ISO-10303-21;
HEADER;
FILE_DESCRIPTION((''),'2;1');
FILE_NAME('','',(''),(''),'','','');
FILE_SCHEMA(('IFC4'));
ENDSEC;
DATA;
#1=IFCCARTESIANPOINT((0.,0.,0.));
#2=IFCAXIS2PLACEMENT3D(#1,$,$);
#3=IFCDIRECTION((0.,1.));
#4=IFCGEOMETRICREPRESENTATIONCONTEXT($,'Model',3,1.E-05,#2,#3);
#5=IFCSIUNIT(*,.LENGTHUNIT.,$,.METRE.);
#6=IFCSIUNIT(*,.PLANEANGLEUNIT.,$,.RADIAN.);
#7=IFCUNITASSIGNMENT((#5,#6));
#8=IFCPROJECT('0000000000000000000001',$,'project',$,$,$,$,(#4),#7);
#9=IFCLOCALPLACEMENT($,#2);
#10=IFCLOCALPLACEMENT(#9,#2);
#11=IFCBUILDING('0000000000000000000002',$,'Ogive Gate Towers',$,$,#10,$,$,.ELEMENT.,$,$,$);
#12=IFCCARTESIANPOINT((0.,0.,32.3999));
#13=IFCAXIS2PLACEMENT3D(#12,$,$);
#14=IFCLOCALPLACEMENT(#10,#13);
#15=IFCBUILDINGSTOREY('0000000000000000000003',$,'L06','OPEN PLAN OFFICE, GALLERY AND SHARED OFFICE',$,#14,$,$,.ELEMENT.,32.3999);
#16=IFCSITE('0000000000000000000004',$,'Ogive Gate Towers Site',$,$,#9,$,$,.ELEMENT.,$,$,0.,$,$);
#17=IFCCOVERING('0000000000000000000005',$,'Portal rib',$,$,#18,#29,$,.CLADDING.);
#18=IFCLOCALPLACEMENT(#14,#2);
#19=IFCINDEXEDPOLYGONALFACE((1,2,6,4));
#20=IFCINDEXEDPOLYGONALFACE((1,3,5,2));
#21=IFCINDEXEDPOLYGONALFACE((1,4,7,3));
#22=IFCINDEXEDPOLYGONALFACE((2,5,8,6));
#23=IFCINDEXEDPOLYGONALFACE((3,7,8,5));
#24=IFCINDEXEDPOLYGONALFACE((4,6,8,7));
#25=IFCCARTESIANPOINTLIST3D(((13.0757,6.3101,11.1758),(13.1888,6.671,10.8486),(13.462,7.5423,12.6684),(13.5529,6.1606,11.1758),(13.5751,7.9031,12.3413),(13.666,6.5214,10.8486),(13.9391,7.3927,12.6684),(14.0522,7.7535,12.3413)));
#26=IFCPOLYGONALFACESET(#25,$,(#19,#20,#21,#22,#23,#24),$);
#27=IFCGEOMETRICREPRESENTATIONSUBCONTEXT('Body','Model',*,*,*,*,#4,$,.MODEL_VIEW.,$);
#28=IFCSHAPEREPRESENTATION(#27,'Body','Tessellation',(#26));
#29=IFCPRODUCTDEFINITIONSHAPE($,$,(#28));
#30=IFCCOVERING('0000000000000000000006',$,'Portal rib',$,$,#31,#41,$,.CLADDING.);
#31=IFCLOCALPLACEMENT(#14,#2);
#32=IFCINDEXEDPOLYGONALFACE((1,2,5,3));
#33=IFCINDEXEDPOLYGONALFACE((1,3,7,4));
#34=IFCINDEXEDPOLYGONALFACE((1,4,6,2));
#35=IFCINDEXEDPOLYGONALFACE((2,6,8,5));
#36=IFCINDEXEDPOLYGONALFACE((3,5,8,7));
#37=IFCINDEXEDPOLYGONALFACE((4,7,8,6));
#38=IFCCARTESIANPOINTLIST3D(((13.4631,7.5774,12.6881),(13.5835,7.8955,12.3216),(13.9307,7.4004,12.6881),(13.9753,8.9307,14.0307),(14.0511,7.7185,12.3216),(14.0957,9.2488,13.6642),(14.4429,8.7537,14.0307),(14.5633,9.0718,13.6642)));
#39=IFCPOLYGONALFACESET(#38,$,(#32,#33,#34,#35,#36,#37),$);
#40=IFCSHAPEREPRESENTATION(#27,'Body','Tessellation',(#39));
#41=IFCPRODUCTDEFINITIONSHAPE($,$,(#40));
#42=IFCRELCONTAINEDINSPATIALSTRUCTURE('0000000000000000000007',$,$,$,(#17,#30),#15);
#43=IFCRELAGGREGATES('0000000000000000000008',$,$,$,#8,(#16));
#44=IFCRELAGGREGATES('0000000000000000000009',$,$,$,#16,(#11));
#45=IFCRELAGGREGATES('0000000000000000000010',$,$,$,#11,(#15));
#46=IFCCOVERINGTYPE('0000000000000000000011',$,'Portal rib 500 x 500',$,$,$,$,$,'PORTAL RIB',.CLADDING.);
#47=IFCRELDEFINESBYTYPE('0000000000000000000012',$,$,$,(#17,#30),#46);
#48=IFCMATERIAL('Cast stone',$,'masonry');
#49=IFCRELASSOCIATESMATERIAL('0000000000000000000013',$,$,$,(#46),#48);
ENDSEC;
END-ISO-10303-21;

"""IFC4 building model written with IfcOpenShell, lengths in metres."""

from ifc_helpers import new_model, si_unit, direction, frame, origin, origin_2d, place, context, subcontext, project, spatial, rectangle, extrude, material, material_profile, profile_set, type_object, element, save


model = new_model("IFC4")

# Units and contexts
model_context = context("Model", 3, precision=1e-05, world=origin(), true_north=direction((0.0, 1.0)))
body_context = subcontext(model_context, "Body", "Model", "MODEL_VIEW")
ifc_project = project(units=[si_unit("LENGTHUNIT", "METRE"), si_unit("PLANEANGLEUNIT", "RADIAN")], contexts=[model_context])

# Site, building, storey
site_placement = place(None, origin())
site = spatial("IfcSite", under=ifc_project, at=site_placement, Name="Ogive Gate Towers Site", CompositionType="ELEMENT", RefElevation=0.0)
building_placement = place(site_placement, origin())
building = spatial("IfcBuilding", under=site, at=building_placement, Name="Ogive Gate Towers", CompositionType="ELEMENT")
storey_placement = place(building_placement, frame((0.0, 0.0, 32.3999)))
storey = spatial("IfcBuildingStorey", under=building, at=storey_placement, Name="L06", Description="OPEN PLAN OFFICE, GALLERY AND SHARED OFFICE", CompositionType="ELEMENT", Elevation=32.3999)

# Coverings
ifc_material_1 = material(Name="Cast stone", Category="masonry")
ifc_material_profile_1 = material_profile(ifc_material_1, rectangle(XDim=0.5, YDim=0.5, at=origin_2d()), Name="500 x 500 cast stone")
ifc_profile_set_1 = profile_set([ifc_material_profile_1], Name="Cast stone")
covering_type = type_object("IfcCoveringType", Name="Portal rib 500 x 500", ElementType="PORTAL RIB", PredefinedType="CLADDING", material=ifc_profile_set_1)
covering_1_placement = place(storey_placement, frame((13.3708, 6.4158, 11.0122), z_axis=(0.195688, 0.624296, 0.756281), x_axis=(-0.954221, 0.299104, 0.0)))
element("IfcCovering", 1, at=covering_1_placement, inside=storey, type_object=covering_type, Name="Portal rib", PredefinedType="CLADDING", context=body_context, shape_type="SweptSolid", body=[
    extrude(rectangle(XDim=0.5, YDim=0.5, at=origin_2d()), origin(), (0.0, 0.0, 1.0), 1.9736),
])
covering_2_placement = place(storey_placement, frame((13.7571, 7.6479, 12.5049), z_axis=(0.259496, 0.6856, 0.680158), x_axis=(-0.93525, 0.353988, 0.0)))
element("IfcCovering", 2, at=covering_2_placement, inside=storey, type_object=covering_type, Name="Portal rib", PredefinedType="CLADDING", context=body_context, shape_type="SweptSolid", body=[
    extrude(rectangle(XDim=0.5, YDim=0.5, at=origin_2d()), origin(), (0.0, 0.0, 1.0), 1.9739),
])

save(model, "model.ifc")
